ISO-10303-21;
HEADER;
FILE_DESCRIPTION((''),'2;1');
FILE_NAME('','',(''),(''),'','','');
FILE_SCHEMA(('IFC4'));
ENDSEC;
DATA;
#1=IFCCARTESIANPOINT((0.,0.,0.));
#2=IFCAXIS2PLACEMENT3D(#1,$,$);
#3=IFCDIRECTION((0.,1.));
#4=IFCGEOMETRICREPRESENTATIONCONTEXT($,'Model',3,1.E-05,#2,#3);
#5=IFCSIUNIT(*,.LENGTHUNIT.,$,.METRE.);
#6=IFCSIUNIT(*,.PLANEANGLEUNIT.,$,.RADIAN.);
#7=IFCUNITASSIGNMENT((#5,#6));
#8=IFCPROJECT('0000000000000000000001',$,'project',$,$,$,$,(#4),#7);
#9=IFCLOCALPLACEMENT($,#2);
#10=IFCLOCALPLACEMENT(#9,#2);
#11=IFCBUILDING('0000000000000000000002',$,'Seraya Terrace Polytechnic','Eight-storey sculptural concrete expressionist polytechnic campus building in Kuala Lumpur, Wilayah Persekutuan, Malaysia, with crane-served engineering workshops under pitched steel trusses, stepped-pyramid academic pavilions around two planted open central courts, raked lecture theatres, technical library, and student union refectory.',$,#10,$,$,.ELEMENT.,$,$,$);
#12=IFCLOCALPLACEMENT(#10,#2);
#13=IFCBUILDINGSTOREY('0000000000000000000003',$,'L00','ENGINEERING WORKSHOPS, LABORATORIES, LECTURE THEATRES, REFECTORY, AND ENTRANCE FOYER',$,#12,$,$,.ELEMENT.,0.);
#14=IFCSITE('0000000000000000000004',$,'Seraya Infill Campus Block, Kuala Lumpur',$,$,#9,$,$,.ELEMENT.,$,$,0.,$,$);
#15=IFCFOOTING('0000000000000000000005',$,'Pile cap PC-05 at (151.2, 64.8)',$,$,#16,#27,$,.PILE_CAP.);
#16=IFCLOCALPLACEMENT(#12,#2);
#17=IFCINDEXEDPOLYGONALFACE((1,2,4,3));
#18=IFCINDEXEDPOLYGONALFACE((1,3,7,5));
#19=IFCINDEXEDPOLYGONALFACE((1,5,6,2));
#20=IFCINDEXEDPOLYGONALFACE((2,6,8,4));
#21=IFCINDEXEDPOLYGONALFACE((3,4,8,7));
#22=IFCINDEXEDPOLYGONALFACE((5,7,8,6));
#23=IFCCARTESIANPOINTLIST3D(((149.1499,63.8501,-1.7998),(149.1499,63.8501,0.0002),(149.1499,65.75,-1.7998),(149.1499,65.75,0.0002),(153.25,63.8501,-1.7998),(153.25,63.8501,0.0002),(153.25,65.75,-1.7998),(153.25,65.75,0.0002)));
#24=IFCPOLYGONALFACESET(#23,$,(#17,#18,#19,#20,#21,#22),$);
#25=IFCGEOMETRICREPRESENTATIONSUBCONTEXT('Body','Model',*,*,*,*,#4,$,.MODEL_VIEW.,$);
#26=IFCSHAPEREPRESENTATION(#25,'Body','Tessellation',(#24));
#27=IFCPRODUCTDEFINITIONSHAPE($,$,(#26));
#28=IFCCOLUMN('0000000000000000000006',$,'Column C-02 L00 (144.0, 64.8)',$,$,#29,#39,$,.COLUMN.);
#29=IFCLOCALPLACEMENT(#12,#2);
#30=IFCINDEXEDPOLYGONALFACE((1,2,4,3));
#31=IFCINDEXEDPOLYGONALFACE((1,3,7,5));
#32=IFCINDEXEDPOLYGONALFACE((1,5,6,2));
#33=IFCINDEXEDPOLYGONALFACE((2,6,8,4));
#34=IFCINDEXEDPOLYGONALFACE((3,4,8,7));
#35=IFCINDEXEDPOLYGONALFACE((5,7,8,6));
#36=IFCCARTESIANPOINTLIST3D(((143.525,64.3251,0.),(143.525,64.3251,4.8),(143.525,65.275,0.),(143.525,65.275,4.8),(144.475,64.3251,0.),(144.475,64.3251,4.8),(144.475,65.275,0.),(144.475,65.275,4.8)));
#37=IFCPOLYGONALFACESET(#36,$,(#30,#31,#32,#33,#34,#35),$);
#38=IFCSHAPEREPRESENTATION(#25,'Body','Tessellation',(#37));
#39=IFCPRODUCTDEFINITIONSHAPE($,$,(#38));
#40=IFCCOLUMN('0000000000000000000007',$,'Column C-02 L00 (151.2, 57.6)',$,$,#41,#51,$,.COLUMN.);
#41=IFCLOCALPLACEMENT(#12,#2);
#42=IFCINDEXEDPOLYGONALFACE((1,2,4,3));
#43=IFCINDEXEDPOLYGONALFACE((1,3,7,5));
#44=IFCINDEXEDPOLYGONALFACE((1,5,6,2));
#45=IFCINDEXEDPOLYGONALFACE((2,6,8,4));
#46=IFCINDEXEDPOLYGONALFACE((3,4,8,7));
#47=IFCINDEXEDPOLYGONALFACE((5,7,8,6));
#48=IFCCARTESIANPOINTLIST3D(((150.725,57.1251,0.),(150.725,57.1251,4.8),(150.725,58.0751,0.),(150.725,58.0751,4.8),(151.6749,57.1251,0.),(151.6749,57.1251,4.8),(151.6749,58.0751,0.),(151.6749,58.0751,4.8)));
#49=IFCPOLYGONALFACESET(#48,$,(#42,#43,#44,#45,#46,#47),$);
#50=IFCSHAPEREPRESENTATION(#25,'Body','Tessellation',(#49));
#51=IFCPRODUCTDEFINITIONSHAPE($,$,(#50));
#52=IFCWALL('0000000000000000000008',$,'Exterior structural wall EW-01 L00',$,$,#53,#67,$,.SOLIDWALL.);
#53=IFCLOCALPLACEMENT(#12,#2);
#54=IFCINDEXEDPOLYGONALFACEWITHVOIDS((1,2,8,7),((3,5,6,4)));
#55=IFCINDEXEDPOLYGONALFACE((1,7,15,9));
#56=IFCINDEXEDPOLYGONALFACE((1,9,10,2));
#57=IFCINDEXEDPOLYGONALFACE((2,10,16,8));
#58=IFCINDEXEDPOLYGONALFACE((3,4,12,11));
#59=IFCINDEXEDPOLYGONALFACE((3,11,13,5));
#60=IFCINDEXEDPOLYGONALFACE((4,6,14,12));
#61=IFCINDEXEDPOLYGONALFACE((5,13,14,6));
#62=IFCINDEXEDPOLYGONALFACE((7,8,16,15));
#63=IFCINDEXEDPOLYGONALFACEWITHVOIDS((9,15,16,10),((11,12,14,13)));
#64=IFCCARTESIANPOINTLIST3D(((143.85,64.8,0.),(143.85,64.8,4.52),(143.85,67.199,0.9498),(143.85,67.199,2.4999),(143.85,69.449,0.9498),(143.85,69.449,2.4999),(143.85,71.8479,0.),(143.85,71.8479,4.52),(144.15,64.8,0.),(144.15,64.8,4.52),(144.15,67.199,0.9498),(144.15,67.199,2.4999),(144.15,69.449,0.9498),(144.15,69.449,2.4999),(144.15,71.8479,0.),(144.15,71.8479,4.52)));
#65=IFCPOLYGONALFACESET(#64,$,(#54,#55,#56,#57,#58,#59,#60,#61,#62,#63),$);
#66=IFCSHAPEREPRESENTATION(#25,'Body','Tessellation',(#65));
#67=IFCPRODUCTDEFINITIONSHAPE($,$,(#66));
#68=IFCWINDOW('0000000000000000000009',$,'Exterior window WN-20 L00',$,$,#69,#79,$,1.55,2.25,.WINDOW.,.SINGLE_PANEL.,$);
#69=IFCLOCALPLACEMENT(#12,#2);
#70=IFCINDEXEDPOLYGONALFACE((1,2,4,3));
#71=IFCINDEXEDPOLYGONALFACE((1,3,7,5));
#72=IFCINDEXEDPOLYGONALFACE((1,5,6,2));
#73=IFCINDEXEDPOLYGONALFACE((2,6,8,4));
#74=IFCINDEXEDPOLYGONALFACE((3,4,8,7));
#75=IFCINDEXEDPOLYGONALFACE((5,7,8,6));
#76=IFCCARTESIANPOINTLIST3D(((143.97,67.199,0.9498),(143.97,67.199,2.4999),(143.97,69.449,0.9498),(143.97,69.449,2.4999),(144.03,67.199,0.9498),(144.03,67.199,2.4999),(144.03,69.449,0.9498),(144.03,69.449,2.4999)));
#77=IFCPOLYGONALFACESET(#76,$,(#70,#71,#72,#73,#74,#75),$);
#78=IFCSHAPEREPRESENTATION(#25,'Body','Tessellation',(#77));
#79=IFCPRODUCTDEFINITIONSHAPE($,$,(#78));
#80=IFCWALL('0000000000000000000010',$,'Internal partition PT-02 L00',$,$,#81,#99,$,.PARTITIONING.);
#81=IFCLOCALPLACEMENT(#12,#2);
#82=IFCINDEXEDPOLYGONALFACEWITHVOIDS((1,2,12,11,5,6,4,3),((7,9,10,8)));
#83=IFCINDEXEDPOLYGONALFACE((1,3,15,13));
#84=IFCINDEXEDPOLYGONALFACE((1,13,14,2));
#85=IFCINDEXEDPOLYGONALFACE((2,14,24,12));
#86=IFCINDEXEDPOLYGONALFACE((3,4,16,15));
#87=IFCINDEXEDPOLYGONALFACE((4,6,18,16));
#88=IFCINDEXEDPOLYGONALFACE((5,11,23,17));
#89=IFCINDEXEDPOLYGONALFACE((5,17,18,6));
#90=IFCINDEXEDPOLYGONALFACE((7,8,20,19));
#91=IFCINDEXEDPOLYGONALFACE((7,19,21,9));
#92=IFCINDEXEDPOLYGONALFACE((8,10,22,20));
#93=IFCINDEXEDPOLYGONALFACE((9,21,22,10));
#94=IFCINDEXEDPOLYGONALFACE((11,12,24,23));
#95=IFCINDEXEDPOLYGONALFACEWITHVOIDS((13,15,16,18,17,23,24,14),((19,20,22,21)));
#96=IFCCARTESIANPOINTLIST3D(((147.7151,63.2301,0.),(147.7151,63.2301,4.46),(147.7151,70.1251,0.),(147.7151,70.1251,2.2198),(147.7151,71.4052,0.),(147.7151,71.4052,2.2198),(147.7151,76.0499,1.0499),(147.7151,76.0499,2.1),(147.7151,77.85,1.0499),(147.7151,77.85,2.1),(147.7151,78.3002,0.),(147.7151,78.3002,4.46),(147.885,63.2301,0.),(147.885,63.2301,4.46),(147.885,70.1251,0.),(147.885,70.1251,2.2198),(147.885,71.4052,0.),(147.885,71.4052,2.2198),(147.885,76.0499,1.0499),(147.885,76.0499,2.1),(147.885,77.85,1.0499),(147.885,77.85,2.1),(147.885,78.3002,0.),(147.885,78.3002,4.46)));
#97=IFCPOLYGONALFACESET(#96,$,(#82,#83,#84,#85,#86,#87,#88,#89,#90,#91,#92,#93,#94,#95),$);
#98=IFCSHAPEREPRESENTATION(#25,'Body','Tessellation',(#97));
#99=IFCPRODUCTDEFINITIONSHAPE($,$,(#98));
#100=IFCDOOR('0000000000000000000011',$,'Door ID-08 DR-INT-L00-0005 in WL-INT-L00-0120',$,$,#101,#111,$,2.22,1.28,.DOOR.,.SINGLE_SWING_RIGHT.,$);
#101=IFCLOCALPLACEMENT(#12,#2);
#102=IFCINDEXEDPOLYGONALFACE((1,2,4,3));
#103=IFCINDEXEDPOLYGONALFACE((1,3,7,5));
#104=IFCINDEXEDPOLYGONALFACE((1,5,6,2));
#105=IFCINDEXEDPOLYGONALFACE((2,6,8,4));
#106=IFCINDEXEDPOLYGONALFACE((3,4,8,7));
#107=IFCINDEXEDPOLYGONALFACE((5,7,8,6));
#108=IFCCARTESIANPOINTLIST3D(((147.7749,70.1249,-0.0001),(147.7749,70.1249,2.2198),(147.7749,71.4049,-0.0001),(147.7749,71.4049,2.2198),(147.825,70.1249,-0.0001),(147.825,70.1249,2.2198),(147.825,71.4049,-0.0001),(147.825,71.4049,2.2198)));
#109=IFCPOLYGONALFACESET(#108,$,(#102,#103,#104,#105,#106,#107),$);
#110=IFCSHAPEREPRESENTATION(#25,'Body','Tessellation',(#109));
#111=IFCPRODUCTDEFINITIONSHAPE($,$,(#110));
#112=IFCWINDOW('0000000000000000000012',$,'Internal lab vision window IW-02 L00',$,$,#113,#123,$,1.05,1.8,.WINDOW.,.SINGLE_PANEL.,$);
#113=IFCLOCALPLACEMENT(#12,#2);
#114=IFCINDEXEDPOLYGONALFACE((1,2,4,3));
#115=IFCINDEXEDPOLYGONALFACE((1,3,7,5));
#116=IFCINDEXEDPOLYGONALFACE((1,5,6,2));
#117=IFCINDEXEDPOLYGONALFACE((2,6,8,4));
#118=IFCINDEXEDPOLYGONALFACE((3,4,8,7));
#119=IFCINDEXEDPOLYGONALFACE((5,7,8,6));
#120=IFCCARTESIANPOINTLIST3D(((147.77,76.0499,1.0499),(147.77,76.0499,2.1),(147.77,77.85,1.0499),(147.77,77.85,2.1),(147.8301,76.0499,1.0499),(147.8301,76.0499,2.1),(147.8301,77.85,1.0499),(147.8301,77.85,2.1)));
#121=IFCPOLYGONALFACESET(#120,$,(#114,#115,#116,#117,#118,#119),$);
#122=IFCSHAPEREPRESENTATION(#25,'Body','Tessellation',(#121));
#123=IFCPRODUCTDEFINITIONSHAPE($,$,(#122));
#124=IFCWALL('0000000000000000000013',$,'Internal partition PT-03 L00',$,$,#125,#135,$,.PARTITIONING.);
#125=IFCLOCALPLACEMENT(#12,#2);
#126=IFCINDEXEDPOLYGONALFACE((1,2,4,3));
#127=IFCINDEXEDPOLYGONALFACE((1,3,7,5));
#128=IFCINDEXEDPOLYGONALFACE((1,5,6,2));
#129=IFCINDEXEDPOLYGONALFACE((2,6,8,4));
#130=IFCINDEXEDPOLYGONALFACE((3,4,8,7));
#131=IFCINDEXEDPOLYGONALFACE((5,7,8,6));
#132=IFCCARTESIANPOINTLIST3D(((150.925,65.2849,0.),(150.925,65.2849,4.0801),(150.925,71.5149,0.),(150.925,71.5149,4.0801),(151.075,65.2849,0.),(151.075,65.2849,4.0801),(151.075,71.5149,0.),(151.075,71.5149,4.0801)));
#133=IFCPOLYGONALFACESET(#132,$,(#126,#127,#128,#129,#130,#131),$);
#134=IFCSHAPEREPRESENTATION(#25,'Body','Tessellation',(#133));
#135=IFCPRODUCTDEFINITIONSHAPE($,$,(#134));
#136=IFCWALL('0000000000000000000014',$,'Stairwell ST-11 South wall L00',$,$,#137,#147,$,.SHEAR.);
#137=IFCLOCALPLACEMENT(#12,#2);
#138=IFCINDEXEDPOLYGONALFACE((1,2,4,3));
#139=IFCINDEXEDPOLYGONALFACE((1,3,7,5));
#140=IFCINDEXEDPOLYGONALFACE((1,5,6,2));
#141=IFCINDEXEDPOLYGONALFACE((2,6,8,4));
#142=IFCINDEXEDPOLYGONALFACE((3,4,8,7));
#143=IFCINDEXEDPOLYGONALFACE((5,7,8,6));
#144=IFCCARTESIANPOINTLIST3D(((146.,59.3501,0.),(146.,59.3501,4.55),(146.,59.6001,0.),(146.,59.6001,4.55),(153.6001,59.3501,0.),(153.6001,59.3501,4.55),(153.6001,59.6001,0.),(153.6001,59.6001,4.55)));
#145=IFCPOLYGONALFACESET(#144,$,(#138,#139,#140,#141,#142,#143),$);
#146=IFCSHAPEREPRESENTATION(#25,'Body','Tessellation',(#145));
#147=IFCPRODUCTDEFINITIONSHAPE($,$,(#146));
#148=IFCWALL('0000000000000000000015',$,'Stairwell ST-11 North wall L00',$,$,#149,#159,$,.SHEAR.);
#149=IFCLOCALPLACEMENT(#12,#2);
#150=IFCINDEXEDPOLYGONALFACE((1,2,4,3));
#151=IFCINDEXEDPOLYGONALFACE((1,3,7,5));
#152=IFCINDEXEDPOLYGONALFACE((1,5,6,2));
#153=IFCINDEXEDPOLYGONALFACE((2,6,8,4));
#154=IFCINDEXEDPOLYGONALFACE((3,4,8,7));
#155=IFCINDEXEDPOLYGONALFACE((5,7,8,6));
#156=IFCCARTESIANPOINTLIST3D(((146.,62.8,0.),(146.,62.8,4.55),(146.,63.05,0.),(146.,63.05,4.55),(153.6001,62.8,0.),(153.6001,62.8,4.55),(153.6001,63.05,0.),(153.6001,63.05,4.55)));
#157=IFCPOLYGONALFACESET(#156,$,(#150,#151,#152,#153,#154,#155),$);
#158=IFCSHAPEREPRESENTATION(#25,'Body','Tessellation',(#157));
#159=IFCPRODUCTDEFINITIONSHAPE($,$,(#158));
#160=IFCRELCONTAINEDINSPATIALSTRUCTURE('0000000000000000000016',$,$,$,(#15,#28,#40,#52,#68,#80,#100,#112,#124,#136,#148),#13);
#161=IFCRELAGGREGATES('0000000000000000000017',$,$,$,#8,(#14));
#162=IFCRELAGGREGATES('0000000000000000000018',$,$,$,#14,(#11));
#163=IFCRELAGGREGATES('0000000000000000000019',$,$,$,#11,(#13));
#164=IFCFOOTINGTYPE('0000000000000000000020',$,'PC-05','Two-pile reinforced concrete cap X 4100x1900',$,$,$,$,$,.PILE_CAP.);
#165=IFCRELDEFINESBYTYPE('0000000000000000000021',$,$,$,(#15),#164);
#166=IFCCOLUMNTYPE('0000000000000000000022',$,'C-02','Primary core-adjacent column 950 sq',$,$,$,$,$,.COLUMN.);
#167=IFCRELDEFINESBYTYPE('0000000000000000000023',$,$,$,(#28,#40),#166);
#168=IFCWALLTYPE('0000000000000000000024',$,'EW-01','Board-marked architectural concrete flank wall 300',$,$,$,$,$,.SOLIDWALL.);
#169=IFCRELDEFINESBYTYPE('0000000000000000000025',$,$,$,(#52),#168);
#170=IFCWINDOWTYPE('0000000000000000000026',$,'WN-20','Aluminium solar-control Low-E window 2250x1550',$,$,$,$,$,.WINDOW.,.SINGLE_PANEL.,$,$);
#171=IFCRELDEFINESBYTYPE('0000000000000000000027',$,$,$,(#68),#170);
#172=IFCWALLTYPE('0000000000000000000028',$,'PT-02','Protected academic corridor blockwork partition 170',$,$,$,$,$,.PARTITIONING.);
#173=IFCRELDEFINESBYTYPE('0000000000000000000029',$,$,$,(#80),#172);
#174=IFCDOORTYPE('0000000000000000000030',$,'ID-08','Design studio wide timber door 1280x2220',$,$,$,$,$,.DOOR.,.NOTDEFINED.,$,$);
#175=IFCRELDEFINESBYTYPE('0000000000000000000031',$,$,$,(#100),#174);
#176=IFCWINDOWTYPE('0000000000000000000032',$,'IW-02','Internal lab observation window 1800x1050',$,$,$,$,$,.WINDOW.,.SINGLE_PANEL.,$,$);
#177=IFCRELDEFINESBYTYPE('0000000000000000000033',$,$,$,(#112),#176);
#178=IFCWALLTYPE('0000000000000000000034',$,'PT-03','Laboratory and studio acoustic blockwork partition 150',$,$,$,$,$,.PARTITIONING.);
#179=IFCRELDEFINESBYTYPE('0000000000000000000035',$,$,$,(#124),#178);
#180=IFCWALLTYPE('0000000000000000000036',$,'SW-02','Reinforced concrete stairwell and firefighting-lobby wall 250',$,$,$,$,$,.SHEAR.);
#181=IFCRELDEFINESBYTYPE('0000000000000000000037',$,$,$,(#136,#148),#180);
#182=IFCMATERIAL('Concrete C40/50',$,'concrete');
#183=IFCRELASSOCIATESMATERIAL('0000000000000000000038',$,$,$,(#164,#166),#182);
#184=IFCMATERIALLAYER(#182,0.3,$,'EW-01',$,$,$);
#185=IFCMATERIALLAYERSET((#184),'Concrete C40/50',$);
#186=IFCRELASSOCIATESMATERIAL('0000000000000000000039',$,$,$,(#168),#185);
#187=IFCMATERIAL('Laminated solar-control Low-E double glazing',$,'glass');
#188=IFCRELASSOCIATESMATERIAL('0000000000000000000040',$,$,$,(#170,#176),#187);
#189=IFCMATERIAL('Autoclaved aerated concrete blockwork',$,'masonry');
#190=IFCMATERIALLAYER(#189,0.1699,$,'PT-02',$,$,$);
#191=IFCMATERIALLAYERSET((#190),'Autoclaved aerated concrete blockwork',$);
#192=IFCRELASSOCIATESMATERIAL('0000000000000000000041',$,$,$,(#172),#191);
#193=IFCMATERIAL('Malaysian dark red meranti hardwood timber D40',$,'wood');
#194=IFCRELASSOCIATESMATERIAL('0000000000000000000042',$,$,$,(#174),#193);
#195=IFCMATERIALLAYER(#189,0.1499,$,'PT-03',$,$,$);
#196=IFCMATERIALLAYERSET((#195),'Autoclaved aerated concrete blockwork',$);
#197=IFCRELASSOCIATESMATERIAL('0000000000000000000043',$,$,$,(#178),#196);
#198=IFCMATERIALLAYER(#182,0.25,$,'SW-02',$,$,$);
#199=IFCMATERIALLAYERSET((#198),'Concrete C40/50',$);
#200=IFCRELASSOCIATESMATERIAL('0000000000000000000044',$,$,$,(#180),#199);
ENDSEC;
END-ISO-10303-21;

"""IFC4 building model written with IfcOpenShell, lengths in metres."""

from ifc_helpers import new_model, si_unit, direction, frame, frame_2d, origin, origin_2d, place, context, subcontext, project, spatial, rectangle, extrude, material, layer, layer_set, material_profile, profile_set, type_object, element, fill, save


model = new_model("IFC4")

# Units and contexts
model_context = context("Model", 3, precision=1e-05, world=origin(), true_north=direction((0.0, 1.0)))
body_context = subcontext(model_context, "Body", "Model", "MODEL_VIEW")
ifc_project = project(units=[si_unit("LENGTHUNIT", "METRE"), si_unit("PLANEANGLEUNIT", "RADIAN")], contexts=[model_context])

# Site, building, storey
site_placement = place(None, origin())
site = spatial("IfcSite", under=ifc_project, at=site_placement, Name="Seraya Infill Campus Block, Kuala Lumpur", CompositionType="ELEMENT", RefElevation=0.0)
building_placement = place(site_placement, origin())
building = spatial("IfcBuilding", under=site, at=building_placement, Name="Seraya Terrace Polytechnic", Description="Eight-storey sculptural concrete expressionist polytechnic campus building in Kuala Lumpur, Wilayah Persekutuan, Malaysia, with crane-served engineering workshops under pitched steel trusses, stepped-pyramid academic pavilions around two planted open central courts, raked lecture theatres, technical library, and student union refectory.", CompositionType="ELEMENT")
storey_placement = place(building_placement, origin())
storey = spatial("IfcBuildingStorey", under=building, at=storey_placement, Name="L00", Description="ENGINEERING WORKSHOPS, LABORATORIES, LECTURE THEATRES, REFECTORY, AND ENTRANCE FOYER", CompositionType="ELEMENT", Elevation=0.0)

# Shared definitions
ifc_material_1 = material(Name="Concrete C40/50", Category="concrete")

# Footing
footing_type_1 = type_object("IfcFootingType", Name="PC-05", Description="Two-pile reinforced concrete cap X 4100x1900", PredefinedType="PILE_CAP", material=ifc_material_1)
for number, where, z_axis, x_axis, name in (
    (1, (151.2, 64.8, -1.7998), (0.0, 0.0, 1.0), (1.0, 0.0, 0.0), "Pile cap PC-05 at (151.2, 64.8)"),
):
    element("IfcFooting", number, at=place(storey_placement, frame(where, z_axis=z_axis, x_axis=x_axis)), inside=storey, type_object=footing_type_1, Name=name, PredefinedType="PILE_CAP", context=body_context, shape_type="SweptSolid", body=[
        extrude(rectangle(XDim=4.1001, YDim=1.8999, at=origin_2d()), origin(), (0.0, 0.0, 1.0), 1.8),
    ])

# Columns
ifc_material_profile_1 = material_profile(ifc_material_1, rectangle(XDim=0.95, YDim=0.95, at=origin_2d()), Name="RC 950x950")
ifc_profile_set_1 = profile_set([ifc_material_profile_1], Name="Concrete C40/50")
column_type = type_object("IfcColumnType", Name="C-02", Description="Primary core-adjacent column 950 sq", PredefinedType="COLUMN", material=ifc_profile_set_1)
for number, where, z_axis, x_axis, name in (
    (2, (144.0, 64.8, 0.0), (0.0, 0.0, 1.0), (1.0, 0.0, 0.0), "Column C-02 L00 (144.0, 64.8)"),
    (3, (151.2, 57.6001, 0.0), (0.0, 0.0, 1.0), (1.0, 0.0, 0.0), "Column C-02 L00 (151.2, 57.6)"),
):
    element("IfcColumn", number, at=place(storey_placement, frame(where, z_axis=z_axis, x_axis=x_axis)), inside=storey, type_object=column_type, Name=name, PredefinedType="COLUMN", context=body_context, shape_type="SweptSolid", body=[
        extrude(rectangle(XDim=0.95, YDim=0.95, at=origin_2d()), origin(), (0.0, 0.0, 1.0), 4.8),
    ])

# Wall, opening, window
ifc_layer_1 = layer(ifc_material_1, 0.3, Name="EW-01")
ifc_layer_set_1 = layer_set([ifc_layer_1], Name="Concrete C40/50")
wall_type_1 = type_object("IfcWallType", Name="EW-01", Description="Board-marked architectural concrete flank wall 300", PredefinedType="SOLIDWALL", material=ifc_layer_set_1)
wall_1_placement = place(storey_placement, frame((144.0, 64.8, 0.0), z_axis=(0.0, 0.0, 1.0), x_axis=(0.0, 1.0, 0.0)))
wall_1 = element("IfcWall", 4, at=wall_1_placement, inside=storey, type_object=wall_type_1, Name="Exterior structural wall EW-01 L00", PredefinedType="SOLIDWALL", context=body_context, shape_type="SweptSolid", body=[
    extrude(rectangle(XDim=7.0479, YDim=0.3, at=frame_2d((3.5239, 0.0))), origin(), (0.0, 0.0, 1.0), 4.52),
])
opening_1_placement = place(wall_1_placement, frame((2.3989, 0.0, 0.95)))
opening_1 = element("IfcOpeningElement", 5, at=opening_1_placement, cuts=wall_1, PredefinedType="OPENING", context=body_context, shape_type="SweptSolid", body=[
    extrude(rectangle(XDim=2.25, YDim=1.55, at=frame_2d((1.125, 0.7749))), frame((0.0, 0.1621, 0.0), z_axis=(0.0, -1.0, 0.0), x_axis=(1.0, 0.0, 0.0)), (0.0, 0.0, 1.0), 0.324),
])
ifc_material_2 = material(Name="Laminated solar-control Low-E double glazing", Category="glass")
window_type_1 = type_object("IfcWindowType", Name="WN-20", Description="Aluminium solar-control Low-E window 2250x1550", PartitioningType="SINGLE_PANEL", PredefinedType="WINDOW", material=ifc_material_2)
window_1_placement = place(opening_1_placement, origin())
window_1 = element("IfcWindow", 6, at=window_1_placement, inside=storey, type_object=window_type_1, Name="Exterior window WN-20 L00", OverallHeight=1.55, OverallWidth=2.25, PartitioningType="SINGLE_PANEL", PredefinedType="WINDOW", context=body_context, shape_type="SweptSolid", body=[
    extrude(rectangle(XDim=2.25, YDim=1.55, at=frame_2d((1.125, 0.7749))), frame((0.0, 0.03, 0.0), z_axis=(0.0, -1.0, 0.0), x_axis=(1.0, 0.0, 0.0)), (0.0, 0.0, 1.0), 0.0601),
])
fill(opening_1, window_1)

# Wall, openings, door, window
ifc_material_3 = material(Name="Autoclaved aerated concrete blockwork", Category="masonry")
ifc_layer_2 = layer(ifc_material_3, 0.1699, Name="PT-02")
ifc_layer_set_2 = layer_set([ifc_layer_2], Name="Autoclaved aerated concrete blockwork")
wall_type_2 = type_object("IfcWallType", Name="PT-02", Description="Protected academic corridor blockwork partition 170", PredefinedType="PARTITIONING", material=ifc_layer_set_2)
wall_2_placement = place(storey_placement, frame((147.8, 63.23, 0.0), z_axis=(0.0, 0.0, 1.0), x_axis=(0.0, 1.0, 0.0)))
wall_2 = element("IfcWall", 7, at=wall_2_placement, inside=storey, type_object=wall_type_2, Name="Internal partition PT-02 L00", PredefinedType="PARTITIONING", context=body_context, shape_type="SweptSolid", body=[
    extrude(rectangle(XDim=15.0701, YDim=0.1699, at=frame_2d((7.5352, 0.0))), origin(), (0.0, 0.0, 1.0), 4.46),
])
opening_2_placement = place(wall_2_placement, frame((6.895, 0.0, 0.0)))
opening_2 = element("IfcOpeningElement", 8, at=opening_2_placement, cuts=wall_2, PredefinedType="OPENING", context=body_context, shape_type="SweptSolid", body=[
    extrude(rectangle(XDim=1.28, YDim=2.22, at=frame_2d((0.6401, 1.1099))), frame((0.0, 0.0969, 0.0), z_axis=(0.0, -1.0, 0.0), x_axis=(1.0, 0.0, 0.0)), (0.0, 0.0, 1.0), 0.1938),
])
opening_3_placement = place(wall_2_placement, frame((12.8201, 0.0, 1.05)))
opening_3 = element("IfcOpeningElement", 9, at=opening_3_placement, cuts=wall_2, PredefinedType="OPENING", context=body_context, shape_type="SweptSolid", body=[
    extrude(rectangle(XDim=1.8, YDim=1.05, at=frame_2d((0.8999, 0.5249))), frame((0.0, 0.0969, 0.0), z_axis=(0.0, -1.0, 0.0), x_axis=(1.0, 0.0, 0.0)), (0.0, 0.0, 1.0), 0.1938),
])
ifc_material_4 = material(Name="Malaysian dark red meranti hardwood timber D40", Category="wood")
door_type_1 = type_object("IfcDoorType", Name="ID-08", Description="Design studio wide timber door 1280x2220", OperationType="NOTDEFINED", PredefinedType="DOOR", material=ifc_material_4)
door_1_placement = place(opening_2_placement, frame((1.28, 0.0, 0.0), z_axis=(0.0, 0.0, 1.0), x_axis=(-1.0, 0.0, 0.0)))
door_1 = element("IfcDoor", 10, at=door_1_placement, inside=storey, type_object=door_type_1, Name="Door ID-08 DR-INT-L00-0005 in WL-INT-L00-0120", OperationType="SINGLE_SWING_RIGHT", OverallHeight=2.22, OverallWidth=1.28, PredefinedType="DOOR", context=body_context, shape_type="SweptSolid", body=[
    extrude(rectangle(XDim=1.28, YDim=2.22, at=frame_2d((0.6401, 1.1099))), frame((0.0, 0.0249, 0.0), z_axis=(0.0, -1.0, 0.0), x_axis=(1.0, 0.0, 0.0)), (0.0, 0.0, 1.0), 0.05),
])
fill(opening_2, door_1)
window_type_2 = type_object("IfcWindowType", Name="IW-02", Description="Internal lab observation window 1800x1050", PartitioningType="SINGLE_PANEL", PredefinedType="WINDOW", material=ifc_material_2)
window_2_placement = place(opening_3_placement, origin())
window_2 = element("IfcWindow", 11, at=window_2_placement, inside=storey, type_object=window_type_2, Name="Internal lab vision window IW-02 L00", OverallHeight=1.05, OverallWidth=1.8, PartitioningType="SINGLE_PANEL", PredefinedType="WINDOW", context=body_context, shape_type="SweptSolid", body=[
    extrude(rectangle(XDim=1.8, YDim=1.05, at=frame_2d((0.8999, 0.5249))), frame((0.0, 0.03, 0.0), z_axis=(0.0, -1.0, 0.0), x_axis=(1.0, 0.0, 0.0)), (0.0, 0.0, 1.0), 0.0601),
])
fill(opening_3, window_2)

# Wall
ifc_layer_3 = layer(ifc_material_3, 0.1499, Name="PT-03")
ifc_layer_set_3 = layer_set([ifc_layer_3], Name="Autoclaved aerated concrete blockwork")
wall_type_3 = type_object("IfcWallType", Name="PT-03", Description="Laboratory and studio acoustic blockwork partition 150", PredefinedType="PARTITIONING", material=ifc_layer_set_3)
wall_3_placement = place(storey_placement, frame((151.0, 65.2849, 0.0), z_axis=(0.0, 0.0, 1.0), x_axis=(0.0, 1.0, 0.0)))
element("IfcWall", 12, at=wall_3_placement, inside=storey, type_object=wall_type_3, Name="Internal partition PT-03 L00", PredefinedType="PARTITIONING", context=body_context, shape_type="SweptSolid", body=[
    extrude(rectangle(XDim=6.23, YDim=0.1499, at=frame_2d((3.115, 0.0))), origin(), (0.0, 0.0, 1.0), 4.0801),
])

# Shared definitions
ifc_layer_4 = layer(ifc_material_1, 0.25, Name="SW-02")
ifc_layer_set_4 = layer_set([ifc_layer_4], Name="Concrete C40/50")
wall_type_4 = type_object("IfcWallType", Name="SW-02", Description="Reinforced concrete stairwell and firefighting-lobby wall 250", PredefinedType="SHEAR", material=ifc_layer_set_4)

# Walls
for number, where, z_axis, x_axis, name in (
    (13, (146.0, 59.4751, 0.0), (0.0, 0.0, 1.0), (1.0, 0.0, 0.0), "Stairwell ST-11 South wall L00"),
    (14, (146.0, 62.925, 0.0), (0.0, 0.0, 1.0), (1.0, 0.0, 0.0), "Stairwell ST-11 North wall L00"),
):
    element("IfcWall", number, at=place(storey_placement, frame(where, z_axis=z_axis, x_axis=x_axis)), inside=storey, type_object=wall_type_4, Name=name, PredefinedType="SHEAR", context=body_context, shape_type="SweptSolid", body=[
        extrude(rectangle(XDim=7.6001, YDim=0.25, at=frame_2d((3.8, 0.0))), origin(), (0.0, 0.0, 1.0), 4.55),
    ])

save(model, "model.ifc")
